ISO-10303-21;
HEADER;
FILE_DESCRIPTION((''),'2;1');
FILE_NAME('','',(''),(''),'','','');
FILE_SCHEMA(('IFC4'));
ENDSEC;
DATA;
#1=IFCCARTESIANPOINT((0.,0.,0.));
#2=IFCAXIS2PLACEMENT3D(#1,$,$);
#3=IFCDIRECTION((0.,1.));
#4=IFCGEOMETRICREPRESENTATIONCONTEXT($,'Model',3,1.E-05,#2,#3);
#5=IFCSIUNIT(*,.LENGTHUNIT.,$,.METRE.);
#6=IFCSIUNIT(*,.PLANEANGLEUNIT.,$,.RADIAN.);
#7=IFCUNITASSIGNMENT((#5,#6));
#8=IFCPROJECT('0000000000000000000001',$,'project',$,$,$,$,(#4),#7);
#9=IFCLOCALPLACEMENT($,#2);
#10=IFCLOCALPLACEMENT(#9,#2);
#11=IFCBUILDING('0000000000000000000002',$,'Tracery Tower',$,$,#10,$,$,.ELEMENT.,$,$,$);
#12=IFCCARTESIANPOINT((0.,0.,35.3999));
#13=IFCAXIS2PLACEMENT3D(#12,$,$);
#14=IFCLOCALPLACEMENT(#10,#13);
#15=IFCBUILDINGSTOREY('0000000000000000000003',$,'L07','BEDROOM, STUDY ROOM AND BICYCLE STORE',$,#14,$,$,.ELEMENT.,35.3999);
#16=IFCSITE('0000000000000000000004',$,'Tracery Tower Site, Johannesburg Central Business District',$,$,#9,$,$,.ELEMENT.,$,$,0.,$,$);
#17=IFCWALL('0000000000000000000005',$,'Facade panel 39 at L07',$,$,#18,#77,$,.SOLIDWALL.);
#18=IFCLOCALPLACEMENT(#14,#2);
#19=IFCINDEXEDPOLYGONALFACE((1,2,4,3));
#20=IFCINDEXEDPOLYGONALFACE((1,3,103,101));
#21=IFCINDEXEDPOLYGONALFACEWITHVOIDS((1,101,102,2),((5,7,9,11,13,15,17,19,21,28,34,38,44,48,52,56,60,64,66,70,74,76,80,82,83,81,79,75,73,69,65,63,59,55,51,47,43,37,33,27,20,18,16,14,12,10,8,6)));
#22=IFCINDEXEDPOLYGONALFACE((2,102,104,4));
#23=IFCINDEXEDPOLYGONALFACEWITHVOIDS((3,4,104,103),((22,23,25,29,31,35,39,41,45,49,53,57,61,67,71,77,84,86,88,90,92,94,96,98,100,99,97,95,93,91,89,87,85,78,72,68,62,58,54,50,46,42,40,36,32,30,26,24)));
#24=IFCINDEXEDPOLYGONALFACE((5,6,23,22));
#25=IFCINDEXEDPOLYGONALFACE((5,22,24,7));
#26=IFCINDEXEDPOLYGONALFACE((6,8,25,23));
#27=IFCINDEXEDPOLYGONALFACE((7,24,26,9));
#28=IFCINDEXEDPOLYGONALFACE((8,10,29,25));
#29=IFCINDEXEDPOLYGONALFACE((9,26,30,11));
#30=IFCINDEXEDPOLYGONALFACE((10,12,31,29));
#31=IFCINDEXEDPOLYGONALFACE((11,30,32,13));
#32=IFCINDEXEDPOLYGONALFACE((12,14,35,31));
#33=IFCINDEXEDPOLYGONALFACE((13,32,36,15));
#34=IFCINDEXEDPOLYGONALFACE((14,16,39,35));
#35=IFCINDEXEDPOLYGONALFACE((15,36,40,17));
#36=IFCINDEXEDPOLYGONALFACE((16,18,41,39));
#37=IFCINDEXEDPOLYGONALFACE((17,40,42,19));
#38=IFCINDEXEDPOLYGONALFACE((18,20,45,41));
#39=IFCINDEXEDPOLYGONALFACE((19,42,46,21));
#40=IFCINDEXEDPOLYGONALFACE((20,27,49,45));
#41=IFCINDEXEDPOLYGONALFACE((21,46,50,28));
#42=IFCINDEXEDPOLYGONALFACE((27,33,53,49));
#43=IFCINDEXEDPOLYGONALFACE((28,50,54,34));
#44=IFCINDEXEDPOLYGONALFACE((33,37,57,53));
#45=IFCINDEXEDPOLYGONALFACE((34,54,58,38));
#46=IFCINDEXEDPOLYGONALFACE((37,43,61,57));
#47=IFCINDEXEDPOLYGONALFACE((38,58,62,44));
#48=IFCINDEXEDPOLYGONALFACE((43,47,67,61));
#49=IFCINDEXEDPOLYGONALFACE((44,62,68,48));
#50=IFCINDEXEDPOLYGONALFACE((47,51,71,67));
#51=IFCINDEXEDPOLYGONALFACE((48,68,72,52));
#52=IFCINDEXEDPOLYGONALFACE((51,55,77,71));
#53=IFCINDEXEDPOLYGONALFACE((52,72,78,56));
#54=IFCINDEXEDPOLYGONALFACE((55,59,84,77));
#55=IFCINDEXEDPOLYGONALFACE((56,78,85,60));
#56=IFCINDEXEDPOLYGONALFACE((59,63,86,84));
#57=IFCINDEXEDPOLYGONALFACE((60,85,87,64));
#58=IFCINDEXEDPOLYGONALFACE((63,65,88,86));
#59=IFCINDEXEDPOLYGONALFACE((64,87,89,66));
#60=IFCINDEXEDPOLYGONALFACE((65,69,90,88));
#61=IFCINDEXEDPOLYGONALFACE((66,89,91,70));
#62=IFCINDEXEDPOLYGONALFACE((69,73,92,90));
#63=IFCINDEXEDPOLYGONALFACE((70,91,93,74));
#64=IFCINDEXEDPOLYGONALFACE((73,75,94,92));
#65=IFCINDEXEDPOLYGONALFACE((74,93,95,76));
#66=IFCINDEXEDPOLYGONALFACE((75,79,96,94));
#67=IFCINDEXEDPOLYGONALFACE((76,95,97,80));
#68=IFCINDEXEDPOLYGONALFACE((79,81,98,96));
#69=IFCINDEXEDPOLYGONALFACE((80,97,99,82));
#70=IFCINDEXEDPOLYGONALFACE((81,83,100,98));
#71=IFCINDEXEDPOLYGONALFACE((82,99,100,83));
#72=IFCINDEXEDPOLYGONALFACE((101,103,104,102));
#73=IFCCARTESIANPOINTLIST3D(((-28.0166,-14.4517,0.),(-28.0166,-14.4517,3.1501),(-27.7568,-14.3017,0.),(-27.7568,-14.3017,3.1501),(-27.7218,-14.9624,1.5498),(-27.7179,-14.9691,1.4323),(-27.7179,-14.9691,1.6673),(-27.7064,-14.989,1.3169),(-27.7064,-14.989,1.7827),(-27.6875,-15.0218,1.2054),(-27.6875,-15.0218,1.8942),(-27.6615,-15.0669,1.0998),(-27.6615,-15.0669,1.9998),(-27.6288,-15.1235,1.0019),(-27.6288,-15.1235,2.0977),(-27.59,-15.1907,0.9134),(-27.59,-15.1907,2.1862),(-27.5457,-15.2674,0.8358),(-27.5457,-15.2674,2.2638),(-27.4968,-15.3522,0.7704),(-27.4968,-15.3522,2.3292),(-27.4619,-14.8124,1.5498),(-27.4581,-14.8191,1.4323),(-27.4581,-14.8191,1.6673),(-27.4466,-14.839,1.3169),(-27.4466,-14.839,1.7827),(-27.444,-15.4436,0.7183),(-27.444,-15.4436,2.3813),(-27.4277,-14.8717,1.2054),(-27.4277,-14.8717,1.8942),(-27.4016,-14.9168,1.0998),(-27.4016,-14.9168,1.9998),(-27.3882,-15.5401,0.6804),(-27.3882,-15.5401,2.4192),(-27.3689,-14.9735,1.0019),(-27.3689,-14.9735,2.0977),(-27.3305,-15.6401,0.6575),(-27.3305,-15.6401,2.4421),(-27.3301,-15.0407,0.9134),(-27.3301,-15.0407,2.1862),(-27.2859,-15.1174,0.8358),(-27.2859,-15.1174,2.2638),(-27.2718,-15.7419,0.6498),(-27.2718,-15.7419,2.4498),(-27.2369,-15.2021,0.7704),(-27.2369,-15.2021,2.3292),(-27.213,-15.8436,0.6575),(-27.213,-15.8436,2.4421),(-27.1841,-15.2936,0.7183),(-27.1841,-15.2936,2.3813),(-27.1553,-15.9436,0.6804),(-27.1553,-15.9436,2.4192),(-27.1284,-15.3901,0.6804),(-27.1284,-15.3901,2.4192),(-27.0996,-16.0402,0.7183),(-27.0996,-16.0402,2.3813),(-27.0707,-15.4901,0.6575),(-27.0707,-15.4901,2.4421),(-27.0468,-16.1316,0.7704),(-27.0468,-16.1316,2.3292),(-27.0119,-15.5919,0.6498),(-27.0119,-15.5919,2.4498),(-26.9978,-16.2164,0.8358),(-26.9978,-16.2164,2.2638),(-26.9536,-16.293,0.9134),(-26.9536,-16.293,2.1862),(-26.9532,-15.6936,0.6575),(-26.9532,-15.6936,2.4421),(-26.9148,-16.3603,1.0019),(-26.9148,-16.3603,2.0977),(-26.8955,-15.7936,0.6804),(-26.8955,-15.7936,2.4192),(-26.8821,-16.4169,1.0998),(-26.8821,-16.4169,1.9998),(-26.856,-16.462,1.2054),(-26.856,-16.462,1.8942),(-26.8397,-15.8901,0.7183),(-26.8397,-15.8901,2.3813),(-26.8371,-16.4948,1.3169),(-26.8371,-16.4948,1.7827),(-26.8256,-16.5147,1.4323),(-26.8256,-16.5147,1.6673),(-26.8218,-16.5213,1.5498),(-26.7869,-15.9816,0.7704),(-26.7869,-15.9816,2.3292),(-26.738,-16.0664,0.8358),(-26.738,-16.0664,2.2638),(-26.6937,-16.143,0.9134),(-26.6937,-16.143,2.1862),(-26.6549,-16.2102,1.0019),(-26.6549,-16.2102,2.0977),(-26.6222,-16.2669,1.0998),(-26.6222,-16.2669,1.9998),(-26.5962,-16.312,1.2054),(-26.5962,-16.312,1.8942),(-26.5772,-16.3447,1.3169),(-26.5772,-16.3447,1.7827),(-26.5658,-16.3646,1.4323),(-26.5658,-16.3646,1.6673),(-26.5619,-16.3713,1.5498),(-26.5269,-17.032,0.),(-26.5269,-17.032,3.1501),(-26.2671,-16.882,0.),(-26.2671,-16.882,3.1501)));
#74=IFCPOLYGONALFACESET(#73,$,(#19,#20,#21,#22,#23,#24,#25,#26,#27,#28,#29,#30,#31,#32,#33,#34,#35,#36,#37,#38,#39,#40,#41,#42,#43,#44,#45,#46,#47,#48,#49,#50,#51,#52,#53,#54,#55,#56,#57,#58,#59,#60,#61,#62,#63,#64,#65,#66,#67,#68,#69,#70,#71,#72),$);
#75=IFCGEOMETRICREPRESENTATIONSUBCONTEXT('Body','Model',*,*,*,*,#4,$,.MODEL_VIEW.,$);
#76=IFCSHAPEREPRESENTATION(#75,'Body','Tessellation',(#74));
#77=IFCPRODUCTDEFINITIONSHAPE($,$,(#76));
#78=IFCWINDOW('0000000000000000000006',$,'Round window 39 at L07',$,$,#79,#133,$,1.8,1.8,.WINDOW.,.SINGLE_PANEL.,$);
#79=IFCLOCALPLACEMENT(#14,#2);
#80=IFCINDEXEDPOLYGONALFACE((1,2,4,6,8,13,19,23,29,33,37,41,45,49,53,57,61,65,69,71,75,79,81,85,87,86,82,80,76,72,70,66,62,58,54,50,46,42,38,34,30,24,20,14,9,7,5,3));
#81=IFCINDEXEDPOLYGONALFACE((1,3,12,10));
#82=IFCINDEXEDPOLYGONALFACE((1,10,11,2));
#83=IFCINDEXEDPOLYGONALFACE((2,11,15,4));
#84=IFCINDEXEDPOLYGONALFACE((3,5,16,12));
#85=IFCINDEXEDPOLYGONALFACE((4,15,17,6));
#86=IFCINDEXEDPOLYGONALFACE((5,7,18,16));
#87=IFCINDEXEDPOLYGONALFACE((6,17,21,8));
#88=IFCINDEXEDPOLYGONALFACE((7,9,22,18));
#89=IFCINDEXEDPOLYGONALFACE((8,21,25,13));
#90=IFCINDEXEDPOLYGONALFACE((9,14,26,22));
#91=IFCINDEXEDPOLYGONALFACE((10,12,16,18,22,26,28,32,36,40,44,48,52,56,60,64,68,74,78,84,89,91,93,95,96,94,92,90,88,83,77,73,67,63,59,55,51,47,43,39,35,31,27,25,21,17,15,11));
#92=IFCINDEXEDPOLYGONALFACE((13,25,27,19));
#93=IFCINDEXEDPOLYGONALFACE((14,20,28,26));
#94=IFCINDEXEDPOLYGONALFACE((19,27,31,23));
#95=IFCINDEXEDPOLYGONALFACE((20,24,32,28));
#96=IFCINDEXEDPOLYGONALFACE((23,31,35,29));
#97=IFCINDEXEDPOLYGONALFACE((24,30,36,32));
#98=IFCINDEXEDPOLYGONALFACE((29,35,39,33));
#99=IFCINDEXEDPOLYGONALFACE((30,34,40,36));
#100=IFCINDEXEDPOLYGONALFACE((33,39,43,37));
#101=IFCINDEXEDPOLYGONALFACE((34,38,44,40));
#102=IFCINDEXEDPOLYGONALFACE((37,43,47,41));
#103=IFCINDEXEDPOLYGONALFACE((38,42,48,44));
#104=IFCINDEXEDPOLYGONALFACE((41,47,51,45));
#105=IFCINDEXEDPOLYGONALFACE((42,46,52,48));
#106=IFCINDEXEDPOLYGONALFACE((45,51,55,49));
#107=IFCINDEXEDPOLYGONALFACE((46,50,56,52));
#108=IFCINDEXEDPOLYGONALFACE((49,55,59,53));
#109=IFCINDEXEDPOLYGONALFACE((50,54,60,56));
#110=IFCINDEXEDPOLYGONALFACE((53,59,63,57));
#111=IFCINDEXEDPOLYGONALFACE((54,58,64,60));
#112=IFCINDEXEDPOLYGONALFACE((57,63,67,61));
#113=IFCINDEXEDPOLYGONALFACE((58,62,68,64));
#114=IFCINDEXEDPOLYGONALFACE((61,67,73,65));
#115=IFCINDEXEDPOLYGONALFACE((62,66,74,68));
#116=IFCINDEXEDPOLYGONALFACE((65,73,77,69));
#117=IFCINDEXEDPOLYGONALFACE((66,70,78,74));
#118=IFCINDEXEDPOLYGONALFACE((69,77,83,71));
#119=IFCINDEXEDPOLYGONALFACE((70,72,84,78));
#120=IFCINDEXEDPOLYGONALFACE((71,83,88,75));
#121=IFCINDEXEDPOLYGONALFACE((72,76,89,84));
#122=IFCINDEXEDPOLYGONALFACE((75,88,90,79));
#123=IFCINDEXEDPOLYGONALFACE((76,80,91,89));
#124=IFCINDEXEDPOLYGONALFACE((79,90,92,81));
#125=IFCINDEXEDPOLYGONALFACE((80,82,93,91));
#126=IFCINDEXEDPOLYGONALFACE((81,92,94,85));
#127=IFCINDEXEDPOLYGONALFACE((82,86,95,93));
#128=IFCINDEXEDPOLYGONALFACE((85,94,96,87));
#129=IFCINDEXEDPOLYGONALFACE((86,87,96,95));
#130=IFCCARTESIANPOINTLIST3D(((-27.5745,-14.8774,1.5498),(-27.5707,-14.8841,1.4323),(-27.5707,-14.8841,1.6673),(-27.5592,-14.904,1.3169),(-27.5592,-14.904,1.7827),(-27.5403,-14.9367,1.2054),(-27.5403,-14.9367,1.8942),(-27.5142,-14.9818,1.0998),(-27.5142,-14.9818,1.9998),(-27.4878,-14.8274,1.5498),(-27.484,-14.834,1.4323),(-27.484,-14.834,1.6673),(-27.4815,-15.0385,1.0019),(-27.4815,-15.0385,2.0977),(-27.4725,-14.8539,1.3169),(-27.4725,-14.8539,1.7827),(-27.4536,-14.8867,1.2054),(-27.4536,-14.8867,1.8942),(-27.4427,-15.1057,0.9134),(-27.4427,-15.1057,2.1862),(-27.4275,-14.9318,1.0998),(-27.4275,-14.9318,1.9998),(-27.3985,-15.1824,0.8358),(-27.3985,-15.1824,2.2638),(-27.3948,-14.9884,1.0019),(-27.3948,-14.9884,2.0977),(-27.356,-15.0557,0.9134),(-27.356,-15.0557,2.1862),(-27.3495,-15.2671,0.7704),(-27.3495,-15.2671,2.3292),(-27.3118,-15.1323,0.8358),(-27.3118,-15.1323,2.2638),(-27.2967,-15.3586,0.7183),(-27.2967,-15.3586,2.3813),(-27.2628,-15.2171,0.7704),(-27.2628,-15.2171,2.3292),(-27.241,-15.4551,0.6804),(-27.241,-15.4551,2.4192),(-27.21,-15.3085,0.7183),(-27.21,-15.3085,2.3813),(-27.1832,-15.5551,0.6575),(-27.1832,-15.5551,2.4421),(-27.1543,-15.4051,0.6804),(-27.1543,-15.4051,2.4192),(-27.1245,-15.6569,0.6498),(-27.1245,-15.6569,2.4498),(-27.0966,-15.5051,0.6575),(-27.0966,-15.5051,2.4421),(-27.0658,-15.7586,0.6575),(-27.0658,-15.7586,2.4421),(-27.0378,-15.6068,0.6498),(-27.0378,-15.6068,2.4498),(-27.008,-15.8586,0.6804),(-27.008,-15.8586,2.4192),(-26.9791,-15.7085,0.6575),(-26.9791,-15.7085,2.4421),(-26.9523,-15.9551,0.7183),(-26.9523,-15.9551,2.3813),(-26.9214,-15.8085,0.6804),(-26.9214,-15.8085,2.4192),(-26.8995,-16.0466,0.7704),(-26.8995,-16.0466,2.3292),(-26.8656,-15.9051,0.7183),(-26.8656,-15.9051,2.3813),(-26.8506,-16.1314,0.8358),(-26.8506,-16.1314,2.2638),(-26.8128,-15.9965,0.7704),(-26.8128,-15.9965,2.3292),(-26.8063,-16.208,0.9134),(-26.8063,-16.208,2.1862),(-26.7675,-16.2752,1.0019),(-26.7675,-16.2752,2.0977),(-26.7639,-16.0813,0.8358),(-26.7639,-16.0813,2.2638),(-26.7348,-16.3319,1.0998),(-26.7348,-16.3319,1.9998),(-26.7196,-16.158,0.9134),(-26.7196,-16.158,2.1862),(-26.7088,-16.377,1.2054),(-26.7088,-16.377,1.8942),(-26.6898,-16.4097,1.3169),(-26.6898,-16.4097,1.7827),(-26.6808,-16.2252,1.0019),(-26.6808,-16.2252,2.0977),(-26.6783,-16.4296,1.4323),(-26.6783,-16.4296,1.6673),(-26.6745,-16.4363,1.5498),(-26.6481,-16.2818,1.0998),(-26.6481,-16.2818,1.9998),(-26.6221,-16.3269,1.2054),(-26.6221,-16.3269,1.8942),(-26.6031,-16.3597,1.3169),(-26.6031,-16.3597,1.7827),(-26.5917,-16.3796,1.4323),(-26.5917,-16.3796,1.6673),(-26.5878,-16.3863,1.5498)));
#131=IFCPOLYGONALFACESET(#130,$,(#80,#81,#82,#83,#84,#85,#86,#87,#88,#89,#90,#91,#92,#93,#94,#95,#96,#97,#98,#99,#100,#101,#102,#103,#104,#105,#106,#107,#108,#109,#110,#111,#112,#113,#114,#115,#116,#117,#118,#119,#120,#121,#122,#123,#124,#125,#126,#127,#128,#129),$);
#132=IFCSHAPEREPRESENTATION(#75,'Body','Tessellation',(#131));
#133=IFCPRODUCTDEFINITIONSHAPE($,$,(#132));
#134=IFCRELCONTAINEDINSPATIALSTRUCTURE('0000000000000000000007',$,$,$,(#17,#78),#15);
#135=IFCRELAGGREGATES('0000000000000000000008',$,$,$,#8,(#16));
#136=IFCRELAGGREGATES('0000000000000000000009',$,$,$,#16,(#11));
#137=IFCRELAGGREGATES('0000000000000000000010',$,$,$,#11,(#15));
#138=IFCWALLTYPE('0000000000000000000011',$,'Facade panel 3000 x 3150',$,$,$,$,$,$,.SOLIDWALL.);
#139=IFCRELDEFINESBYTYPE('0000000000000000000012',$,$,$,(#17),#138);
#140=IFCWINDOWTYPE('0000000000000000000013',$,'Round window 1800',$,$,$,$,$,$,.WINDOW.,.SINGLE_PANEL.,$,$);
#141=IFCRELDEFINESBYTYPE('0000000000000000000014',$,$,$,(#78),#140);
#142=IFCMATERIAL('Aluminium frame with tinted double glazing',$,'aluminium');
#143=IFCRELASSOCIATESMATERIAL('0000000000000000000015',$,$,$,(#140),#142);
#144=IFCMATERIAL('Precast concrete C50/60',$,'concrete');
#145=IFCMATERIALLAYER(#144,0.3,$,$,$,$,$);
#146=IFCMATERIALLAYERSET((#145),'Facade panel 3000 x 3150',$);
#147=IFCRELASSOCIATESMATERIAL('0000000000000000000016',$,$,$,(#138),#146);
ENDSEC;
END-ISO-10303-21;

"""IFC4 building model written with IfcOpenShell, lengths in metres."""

from ifc_helpers import new_model, si_unit, direction, frame, frame_2d, origin, origin_2d, place, context, subcontext, project, spatial, rectangle, circle, extrude, material, layer, layer_set, type_object, element, fill, save


model = new_model("IFC4")

# Units and contexts
model_context = context("Model", 3, precision=1e-05, world=origin(), true_north=direction((0.0, 1.0)))
body_context = subcontext(model_context, "Body", "Model", "MODEL_VIEW")
ifc_project = project(units=[si_unit("LENGTHUNIT", "METRE"), si_unit("PLANEANGLEUNIT", "RADIAN")], contexts=[model_context])

# Site, building, storey
site_placement = place(None, origin())
site = spatial("IfcSite", under=ifc_project, at=site_placement, Name="Tracery Tower Site, Johannesburg Central Business District", CompositionType="ELEMENT", RefElevation=0.0)
building_placement = place(site_placement, origin())
building = spatial("IfcBuilding", under=site, at=building_placement, Name="Tracery Tower", CompositionType="ELEMENT")
storey_placement = place(building_placement, frame((0.0, 0.0, 35.3999)))
storey = spatial("IfcBuildingStorey", under=building, at=storey_placement, Name="L07", Description="BEDROOM, STUDY ROOM AND BICYCLE STORE", CompositionType="ELEMENT", Elevation=35.3999)

# Wall, opening, window
ifc_material_1 = material(Name="Aluminium frame with tinted double glazing", Category="aluminium")
window_type = type_object("IfcWindowType", Name="Round window 1800", PartitioningType="SINGLE_PANEL", PredefinedType="WINDOW", material=ifc_material_1)
ifc_material_2 = material(Name="Precast concrete C50/60", Category="concrete")
ifc_layer_1 = layer(ifc_material_2, 0.3)
ifc_layer_set_1 = layer_set([ifc_layer_1], Name="Facade panel 3000 x 3150")
wall_type_1 = type_object("IfcWallType", Name="Facade panel 3000 x 3150", PredefinedType="SOLIDWALL", material=ifc_layer_set_1)
wall_1_placement = place(storey_placement, frame((-27.8867, -14.3767, 0.0), z_axis=(0.0, 0.0, 1.0), x_axis=(0.499999, -0.866026, 0.0)))
wall_1 = element("IfcWall", 1, at=wall_1_placement, inside=storey, type_object=wall_type_1, Name="Facade panel 39 at L07", PredefinedType="SOLIDWALL", context=body_context, shape_type="SweptSolid", body=[
    extrude(rectangle(XDim=2.9795, YDim=0.3, at=frame_2d((1.4897, 0.0))), origin(), (0.0, 0.0, 1.0), 3.1501),
])
opening_1_placement = place(wall_1_placement, frame((1.4897, 0.0, 1.5498)))
opening_1 = element("IfcOpeningElement", 2, at=opening_1_placement, cuts=wall_1, PredefinedType="OPENING", context=body_context, shape_type="SweptSolid", body=[
    extrude(circle(Radius=0.9, at=origin_2d()), frame((0.0, 0.1599, 0.0), z_axis=(0.0, -1.0, 0.0), x_axis=(1.0, 0.0, 0.0)), (0.0, 0.0, 1.0), 0.3201),
])
window_1_placement = place(opening_1_placement, origin())
window_1 = element("IfcWindow", 3, at=window_1_placement, inside=storey, type_object=window_type, Name="Round window 39 at L07", OverallHeight=1.8, OverallWidth=1.8, PartitioningType="SINGLE_PANEL", PredefinedType="WINDOW", context=body_context, shape_type="SweptSolid", body=[
    extrude(circle(Radius=0.9, at=origin_2d()), frame((0.0, 0.1201, 0.0), z_axis=(0.0, -1.0, 0.0), x_axis=(1.0, 0.0, 0.0)), (0.0, 0.0, 1.0), 0.1001),
])
fill(opening_1, window_1)

save(model, "model.ifc")
